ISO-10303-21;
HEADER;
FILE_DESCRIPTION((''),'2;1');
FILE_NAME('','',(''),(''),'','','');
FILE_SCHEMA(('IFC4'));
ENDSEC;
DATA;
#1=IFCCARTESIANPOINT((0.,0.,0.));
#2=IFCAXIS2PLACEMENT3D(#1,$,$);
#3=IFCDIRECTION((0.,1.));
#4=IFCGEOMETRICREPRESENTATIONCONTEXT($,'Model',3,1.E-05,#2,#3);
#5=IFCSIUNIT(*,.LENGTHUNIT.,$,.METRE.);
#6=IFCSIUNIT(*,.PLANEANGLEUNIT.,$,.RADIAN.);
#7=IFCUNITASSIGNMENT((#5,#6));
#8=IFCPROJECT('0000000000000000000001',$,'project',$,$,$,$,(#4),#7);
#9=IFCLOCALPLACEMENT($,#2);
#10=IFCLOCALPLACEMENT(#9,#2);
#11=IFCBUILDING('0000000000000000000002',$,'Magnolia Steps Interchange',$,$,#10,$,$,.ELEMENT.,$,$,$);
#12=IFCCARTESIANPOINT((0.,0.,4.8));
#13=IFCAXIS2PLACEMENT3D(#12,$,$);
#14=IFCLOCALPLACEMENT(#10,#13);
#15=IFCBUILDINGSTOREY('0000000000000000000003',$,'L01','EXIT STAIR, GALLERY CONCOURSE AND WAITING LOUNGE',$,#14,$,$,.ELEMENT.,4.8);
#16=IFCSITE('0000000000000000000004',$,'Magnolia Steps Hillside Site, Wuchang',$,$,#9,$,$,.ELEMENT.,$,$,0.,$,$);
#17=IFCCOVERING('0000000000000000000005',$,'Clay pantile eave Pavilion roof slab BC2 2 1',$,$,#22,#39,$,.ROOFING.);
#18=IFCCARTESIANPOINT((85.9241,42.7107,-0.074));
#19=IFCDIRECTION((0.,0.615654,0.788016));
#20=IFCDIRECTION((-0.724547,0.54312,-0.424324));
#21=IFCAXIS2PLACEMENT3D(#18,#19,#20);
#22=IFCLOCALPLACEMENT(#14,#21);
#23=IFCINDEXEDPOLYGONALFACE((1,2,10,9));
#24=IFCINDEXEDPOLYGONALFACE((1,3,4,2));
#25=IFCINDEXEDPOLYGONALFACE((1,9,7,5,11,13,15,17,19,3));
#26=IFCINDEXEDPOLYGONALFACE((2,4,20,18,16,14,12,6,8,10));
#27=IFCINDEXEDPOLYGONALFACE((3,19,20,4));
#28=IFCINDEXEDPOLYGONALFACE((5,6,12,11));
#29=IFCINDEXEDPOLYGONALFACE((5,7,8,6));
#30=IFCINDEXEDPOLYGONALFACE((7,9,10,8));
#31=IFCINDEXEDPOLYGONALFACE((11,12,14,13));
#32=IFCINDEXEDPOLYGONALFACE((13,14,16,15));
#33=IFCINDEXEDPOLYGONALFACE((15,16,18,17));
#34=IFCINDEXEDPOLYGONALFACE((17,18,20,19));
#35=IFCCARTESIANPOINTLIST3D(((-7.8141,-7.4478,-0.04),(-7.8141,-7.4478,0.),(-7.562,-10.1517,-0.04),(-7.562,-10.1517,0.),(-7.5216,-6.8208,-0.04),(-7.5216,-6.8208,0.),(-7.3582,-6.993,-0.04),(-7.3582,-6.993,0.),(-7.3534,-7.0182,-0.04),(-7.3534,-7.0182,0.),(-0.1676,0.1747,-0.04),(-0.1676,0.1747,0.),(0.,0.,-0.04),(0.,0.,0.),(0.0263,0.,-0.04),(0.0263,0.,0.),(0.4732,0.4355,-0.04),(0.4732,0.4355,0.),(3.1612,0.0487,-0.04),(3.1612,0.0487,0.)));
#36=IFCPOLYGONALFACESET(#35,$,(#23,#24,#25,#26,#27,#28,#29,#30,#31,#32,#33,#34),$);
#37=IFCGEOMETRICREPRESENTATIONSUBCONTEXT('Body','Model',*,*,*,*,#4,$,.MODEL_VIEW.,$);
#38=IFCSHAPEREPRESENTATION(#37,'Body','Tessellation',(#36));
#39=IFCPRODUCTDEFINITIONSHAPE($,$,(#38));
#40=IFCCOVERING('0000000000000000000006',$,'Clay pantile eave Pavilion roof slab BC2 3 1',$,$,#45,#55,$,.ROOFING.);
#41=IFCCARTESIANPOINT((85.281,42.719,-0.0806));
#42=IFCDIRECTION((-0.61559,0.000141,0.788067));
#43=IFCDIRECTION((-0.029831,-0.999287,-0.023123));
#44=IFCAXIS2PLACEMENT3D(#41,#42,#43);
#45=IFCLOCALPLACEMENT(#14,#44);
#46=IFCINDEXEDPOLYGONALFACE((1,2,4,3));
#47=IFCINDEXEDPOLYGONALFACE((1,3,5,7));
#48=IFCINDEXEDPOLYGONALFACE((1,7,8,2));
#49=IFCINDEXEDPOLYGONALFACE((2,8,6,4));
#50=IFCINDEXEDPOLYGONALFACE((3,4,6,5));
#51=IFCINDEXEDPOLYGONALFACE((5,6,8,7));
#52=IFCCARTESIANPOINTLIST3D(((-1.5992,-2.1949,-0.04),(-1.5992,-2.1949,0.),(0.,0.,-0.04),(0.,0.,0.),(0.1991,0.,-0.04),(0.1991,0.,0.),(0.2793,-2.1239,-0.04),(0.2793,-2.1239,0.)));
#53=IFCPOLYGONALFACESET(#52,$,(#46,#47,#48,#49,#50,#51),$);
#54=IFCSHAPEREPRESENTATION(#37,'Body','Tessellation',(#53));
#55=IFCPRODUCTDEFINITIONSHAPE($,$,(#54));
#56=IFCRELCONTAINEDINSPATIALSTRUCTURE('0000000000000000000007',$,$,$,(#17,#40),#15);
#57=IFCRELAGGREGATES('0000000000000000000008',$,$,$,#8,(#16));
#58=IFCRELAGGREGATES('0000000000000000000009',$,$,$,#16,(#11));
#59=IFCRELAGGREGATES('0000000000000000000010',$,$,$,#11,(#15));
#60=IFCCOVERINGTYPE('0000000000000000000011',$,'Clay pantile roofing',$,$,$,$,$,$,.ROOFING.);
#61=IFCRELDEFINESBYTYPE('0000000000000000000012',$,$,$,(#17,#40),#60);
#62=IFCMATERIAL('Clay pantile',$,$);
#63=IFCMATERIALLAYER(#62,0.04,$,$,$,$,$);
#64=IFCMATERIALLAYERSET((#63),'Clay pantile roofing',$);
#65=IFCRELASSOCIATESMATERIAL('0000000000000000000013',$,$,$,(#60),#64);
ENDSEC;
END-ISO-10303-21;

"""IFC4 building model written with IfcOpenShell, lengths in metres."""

from ifc_helpers import new_model, si_unit, direction, frame, origin, place, context, subcontext, project, spatial, polyline, outline, extrude, material, layer, layer_set, type_object, element, save


model = new_model("IFC4")

# Units and contexts
model_context = context("Model", 3, precision=1e-05, world=origin(), true_north=direction((0.0, 1.0)))
body_context = subcontext(model_context, "Body", "Model", "MODEL_VIEW")
ifc_project = project(units=[si_unit("LENGTHUNIT", "METRE"), si_unit("PLANEANGLEUNIT", "RADIAN")], contexts=[model_context])

# Site, building, storey
site_placement = place(None, origin())
site = spatial("IfcSite", under=ifc_project, at=site_placement, Name="Magnolia Steps Hillside Site, Wuchang", CompositionType="ELEMENT", RefElevation=0.0)
building_placement = place(site_placement, origin())
building = spatial("IfcBuilding", under=site, at=building_placement, Name="Magnolia Steps Interchange", CompositionType="ELEMENT")
storey_placement = place(building_placement, frame((0.0, 0.0, 4.8)))
storey = spatial("IfcBuildingStorey", under=building, at=storey_placement, Name="L01", Description="EXIT STAIR, GALLERY CONCOURSE AND WAITING LOUNGE", CompositionType="ELEMENT", Elevation=4.8)

# Coverings
ifc_material_1 = material(Name="Clay pantile")
ifc_layer_1 = layer(ifc_material_1, 0.04)
ifc_layer_set_1 = layer_set([ifc_layer_1], Name="Clay pantile roofing")
covering_type = type_object("IfcCoveringType", Name="Clay pantile roofing", PredefinedType="ROOFING", material=ifc_layer_set_1)
covering_1_placement = place(storey_placement, frame((85.9241, 42.7107, -0.074), z_axis=(0.0, 0.615654, 0.788016), x_axis=(-0.724547, 0.54312, -0.424324)))
element("IfcCovering", 1, at=covering_1_placement, inside=storey, type_object=covering_type, Name="Clay pantile eave Pavilion roof slab BC2 2 1", PredefinedType="ROOFING", context=body_context, shape_type="SweptSolid", body=[
    extrude(outline(polyline([(0.0, 0.0), (0.0263, 0.0), (0.4732, 0.4355), (3.1612, 0.0487), (-7.562, -10.1517), (-7.8141, -7.4478), (-7.3534, -7.0182), (-7.3582, -6.993), (-7.5216, -6.8208), (-0.1676, 0.1747), (0.0, 0.0)])), origin(), (0.0, 0.0, -1.0), 0.04),
])
covering_2_placement = place(storey_placement, frame((85.281, 42.719, -0.0806), z_axis=(-0.61559, 0.000141, 0.788067), x_axis=(-0.029831, -0.999287, -0.023123)))
element("IfcCovering", 2, at=covering_2_placement, inside=storey, type_object=covering_type, Name="Clay pantile eave Pavilion roof slab BC2 3 1", PredefinedType="ROOFING", context=body_context, shape_type="SweptSolid", body=[
    extrude(outline(polyline([(0.0, 0.0), (0.1991, 0.0), (0.2793, -2.1239), (-1.5992, -2.1949), (0.0, 0.0)])), origin(), (0.0, 0.0, -1.0), 0.04),
])

save(model, "model.ifc")
